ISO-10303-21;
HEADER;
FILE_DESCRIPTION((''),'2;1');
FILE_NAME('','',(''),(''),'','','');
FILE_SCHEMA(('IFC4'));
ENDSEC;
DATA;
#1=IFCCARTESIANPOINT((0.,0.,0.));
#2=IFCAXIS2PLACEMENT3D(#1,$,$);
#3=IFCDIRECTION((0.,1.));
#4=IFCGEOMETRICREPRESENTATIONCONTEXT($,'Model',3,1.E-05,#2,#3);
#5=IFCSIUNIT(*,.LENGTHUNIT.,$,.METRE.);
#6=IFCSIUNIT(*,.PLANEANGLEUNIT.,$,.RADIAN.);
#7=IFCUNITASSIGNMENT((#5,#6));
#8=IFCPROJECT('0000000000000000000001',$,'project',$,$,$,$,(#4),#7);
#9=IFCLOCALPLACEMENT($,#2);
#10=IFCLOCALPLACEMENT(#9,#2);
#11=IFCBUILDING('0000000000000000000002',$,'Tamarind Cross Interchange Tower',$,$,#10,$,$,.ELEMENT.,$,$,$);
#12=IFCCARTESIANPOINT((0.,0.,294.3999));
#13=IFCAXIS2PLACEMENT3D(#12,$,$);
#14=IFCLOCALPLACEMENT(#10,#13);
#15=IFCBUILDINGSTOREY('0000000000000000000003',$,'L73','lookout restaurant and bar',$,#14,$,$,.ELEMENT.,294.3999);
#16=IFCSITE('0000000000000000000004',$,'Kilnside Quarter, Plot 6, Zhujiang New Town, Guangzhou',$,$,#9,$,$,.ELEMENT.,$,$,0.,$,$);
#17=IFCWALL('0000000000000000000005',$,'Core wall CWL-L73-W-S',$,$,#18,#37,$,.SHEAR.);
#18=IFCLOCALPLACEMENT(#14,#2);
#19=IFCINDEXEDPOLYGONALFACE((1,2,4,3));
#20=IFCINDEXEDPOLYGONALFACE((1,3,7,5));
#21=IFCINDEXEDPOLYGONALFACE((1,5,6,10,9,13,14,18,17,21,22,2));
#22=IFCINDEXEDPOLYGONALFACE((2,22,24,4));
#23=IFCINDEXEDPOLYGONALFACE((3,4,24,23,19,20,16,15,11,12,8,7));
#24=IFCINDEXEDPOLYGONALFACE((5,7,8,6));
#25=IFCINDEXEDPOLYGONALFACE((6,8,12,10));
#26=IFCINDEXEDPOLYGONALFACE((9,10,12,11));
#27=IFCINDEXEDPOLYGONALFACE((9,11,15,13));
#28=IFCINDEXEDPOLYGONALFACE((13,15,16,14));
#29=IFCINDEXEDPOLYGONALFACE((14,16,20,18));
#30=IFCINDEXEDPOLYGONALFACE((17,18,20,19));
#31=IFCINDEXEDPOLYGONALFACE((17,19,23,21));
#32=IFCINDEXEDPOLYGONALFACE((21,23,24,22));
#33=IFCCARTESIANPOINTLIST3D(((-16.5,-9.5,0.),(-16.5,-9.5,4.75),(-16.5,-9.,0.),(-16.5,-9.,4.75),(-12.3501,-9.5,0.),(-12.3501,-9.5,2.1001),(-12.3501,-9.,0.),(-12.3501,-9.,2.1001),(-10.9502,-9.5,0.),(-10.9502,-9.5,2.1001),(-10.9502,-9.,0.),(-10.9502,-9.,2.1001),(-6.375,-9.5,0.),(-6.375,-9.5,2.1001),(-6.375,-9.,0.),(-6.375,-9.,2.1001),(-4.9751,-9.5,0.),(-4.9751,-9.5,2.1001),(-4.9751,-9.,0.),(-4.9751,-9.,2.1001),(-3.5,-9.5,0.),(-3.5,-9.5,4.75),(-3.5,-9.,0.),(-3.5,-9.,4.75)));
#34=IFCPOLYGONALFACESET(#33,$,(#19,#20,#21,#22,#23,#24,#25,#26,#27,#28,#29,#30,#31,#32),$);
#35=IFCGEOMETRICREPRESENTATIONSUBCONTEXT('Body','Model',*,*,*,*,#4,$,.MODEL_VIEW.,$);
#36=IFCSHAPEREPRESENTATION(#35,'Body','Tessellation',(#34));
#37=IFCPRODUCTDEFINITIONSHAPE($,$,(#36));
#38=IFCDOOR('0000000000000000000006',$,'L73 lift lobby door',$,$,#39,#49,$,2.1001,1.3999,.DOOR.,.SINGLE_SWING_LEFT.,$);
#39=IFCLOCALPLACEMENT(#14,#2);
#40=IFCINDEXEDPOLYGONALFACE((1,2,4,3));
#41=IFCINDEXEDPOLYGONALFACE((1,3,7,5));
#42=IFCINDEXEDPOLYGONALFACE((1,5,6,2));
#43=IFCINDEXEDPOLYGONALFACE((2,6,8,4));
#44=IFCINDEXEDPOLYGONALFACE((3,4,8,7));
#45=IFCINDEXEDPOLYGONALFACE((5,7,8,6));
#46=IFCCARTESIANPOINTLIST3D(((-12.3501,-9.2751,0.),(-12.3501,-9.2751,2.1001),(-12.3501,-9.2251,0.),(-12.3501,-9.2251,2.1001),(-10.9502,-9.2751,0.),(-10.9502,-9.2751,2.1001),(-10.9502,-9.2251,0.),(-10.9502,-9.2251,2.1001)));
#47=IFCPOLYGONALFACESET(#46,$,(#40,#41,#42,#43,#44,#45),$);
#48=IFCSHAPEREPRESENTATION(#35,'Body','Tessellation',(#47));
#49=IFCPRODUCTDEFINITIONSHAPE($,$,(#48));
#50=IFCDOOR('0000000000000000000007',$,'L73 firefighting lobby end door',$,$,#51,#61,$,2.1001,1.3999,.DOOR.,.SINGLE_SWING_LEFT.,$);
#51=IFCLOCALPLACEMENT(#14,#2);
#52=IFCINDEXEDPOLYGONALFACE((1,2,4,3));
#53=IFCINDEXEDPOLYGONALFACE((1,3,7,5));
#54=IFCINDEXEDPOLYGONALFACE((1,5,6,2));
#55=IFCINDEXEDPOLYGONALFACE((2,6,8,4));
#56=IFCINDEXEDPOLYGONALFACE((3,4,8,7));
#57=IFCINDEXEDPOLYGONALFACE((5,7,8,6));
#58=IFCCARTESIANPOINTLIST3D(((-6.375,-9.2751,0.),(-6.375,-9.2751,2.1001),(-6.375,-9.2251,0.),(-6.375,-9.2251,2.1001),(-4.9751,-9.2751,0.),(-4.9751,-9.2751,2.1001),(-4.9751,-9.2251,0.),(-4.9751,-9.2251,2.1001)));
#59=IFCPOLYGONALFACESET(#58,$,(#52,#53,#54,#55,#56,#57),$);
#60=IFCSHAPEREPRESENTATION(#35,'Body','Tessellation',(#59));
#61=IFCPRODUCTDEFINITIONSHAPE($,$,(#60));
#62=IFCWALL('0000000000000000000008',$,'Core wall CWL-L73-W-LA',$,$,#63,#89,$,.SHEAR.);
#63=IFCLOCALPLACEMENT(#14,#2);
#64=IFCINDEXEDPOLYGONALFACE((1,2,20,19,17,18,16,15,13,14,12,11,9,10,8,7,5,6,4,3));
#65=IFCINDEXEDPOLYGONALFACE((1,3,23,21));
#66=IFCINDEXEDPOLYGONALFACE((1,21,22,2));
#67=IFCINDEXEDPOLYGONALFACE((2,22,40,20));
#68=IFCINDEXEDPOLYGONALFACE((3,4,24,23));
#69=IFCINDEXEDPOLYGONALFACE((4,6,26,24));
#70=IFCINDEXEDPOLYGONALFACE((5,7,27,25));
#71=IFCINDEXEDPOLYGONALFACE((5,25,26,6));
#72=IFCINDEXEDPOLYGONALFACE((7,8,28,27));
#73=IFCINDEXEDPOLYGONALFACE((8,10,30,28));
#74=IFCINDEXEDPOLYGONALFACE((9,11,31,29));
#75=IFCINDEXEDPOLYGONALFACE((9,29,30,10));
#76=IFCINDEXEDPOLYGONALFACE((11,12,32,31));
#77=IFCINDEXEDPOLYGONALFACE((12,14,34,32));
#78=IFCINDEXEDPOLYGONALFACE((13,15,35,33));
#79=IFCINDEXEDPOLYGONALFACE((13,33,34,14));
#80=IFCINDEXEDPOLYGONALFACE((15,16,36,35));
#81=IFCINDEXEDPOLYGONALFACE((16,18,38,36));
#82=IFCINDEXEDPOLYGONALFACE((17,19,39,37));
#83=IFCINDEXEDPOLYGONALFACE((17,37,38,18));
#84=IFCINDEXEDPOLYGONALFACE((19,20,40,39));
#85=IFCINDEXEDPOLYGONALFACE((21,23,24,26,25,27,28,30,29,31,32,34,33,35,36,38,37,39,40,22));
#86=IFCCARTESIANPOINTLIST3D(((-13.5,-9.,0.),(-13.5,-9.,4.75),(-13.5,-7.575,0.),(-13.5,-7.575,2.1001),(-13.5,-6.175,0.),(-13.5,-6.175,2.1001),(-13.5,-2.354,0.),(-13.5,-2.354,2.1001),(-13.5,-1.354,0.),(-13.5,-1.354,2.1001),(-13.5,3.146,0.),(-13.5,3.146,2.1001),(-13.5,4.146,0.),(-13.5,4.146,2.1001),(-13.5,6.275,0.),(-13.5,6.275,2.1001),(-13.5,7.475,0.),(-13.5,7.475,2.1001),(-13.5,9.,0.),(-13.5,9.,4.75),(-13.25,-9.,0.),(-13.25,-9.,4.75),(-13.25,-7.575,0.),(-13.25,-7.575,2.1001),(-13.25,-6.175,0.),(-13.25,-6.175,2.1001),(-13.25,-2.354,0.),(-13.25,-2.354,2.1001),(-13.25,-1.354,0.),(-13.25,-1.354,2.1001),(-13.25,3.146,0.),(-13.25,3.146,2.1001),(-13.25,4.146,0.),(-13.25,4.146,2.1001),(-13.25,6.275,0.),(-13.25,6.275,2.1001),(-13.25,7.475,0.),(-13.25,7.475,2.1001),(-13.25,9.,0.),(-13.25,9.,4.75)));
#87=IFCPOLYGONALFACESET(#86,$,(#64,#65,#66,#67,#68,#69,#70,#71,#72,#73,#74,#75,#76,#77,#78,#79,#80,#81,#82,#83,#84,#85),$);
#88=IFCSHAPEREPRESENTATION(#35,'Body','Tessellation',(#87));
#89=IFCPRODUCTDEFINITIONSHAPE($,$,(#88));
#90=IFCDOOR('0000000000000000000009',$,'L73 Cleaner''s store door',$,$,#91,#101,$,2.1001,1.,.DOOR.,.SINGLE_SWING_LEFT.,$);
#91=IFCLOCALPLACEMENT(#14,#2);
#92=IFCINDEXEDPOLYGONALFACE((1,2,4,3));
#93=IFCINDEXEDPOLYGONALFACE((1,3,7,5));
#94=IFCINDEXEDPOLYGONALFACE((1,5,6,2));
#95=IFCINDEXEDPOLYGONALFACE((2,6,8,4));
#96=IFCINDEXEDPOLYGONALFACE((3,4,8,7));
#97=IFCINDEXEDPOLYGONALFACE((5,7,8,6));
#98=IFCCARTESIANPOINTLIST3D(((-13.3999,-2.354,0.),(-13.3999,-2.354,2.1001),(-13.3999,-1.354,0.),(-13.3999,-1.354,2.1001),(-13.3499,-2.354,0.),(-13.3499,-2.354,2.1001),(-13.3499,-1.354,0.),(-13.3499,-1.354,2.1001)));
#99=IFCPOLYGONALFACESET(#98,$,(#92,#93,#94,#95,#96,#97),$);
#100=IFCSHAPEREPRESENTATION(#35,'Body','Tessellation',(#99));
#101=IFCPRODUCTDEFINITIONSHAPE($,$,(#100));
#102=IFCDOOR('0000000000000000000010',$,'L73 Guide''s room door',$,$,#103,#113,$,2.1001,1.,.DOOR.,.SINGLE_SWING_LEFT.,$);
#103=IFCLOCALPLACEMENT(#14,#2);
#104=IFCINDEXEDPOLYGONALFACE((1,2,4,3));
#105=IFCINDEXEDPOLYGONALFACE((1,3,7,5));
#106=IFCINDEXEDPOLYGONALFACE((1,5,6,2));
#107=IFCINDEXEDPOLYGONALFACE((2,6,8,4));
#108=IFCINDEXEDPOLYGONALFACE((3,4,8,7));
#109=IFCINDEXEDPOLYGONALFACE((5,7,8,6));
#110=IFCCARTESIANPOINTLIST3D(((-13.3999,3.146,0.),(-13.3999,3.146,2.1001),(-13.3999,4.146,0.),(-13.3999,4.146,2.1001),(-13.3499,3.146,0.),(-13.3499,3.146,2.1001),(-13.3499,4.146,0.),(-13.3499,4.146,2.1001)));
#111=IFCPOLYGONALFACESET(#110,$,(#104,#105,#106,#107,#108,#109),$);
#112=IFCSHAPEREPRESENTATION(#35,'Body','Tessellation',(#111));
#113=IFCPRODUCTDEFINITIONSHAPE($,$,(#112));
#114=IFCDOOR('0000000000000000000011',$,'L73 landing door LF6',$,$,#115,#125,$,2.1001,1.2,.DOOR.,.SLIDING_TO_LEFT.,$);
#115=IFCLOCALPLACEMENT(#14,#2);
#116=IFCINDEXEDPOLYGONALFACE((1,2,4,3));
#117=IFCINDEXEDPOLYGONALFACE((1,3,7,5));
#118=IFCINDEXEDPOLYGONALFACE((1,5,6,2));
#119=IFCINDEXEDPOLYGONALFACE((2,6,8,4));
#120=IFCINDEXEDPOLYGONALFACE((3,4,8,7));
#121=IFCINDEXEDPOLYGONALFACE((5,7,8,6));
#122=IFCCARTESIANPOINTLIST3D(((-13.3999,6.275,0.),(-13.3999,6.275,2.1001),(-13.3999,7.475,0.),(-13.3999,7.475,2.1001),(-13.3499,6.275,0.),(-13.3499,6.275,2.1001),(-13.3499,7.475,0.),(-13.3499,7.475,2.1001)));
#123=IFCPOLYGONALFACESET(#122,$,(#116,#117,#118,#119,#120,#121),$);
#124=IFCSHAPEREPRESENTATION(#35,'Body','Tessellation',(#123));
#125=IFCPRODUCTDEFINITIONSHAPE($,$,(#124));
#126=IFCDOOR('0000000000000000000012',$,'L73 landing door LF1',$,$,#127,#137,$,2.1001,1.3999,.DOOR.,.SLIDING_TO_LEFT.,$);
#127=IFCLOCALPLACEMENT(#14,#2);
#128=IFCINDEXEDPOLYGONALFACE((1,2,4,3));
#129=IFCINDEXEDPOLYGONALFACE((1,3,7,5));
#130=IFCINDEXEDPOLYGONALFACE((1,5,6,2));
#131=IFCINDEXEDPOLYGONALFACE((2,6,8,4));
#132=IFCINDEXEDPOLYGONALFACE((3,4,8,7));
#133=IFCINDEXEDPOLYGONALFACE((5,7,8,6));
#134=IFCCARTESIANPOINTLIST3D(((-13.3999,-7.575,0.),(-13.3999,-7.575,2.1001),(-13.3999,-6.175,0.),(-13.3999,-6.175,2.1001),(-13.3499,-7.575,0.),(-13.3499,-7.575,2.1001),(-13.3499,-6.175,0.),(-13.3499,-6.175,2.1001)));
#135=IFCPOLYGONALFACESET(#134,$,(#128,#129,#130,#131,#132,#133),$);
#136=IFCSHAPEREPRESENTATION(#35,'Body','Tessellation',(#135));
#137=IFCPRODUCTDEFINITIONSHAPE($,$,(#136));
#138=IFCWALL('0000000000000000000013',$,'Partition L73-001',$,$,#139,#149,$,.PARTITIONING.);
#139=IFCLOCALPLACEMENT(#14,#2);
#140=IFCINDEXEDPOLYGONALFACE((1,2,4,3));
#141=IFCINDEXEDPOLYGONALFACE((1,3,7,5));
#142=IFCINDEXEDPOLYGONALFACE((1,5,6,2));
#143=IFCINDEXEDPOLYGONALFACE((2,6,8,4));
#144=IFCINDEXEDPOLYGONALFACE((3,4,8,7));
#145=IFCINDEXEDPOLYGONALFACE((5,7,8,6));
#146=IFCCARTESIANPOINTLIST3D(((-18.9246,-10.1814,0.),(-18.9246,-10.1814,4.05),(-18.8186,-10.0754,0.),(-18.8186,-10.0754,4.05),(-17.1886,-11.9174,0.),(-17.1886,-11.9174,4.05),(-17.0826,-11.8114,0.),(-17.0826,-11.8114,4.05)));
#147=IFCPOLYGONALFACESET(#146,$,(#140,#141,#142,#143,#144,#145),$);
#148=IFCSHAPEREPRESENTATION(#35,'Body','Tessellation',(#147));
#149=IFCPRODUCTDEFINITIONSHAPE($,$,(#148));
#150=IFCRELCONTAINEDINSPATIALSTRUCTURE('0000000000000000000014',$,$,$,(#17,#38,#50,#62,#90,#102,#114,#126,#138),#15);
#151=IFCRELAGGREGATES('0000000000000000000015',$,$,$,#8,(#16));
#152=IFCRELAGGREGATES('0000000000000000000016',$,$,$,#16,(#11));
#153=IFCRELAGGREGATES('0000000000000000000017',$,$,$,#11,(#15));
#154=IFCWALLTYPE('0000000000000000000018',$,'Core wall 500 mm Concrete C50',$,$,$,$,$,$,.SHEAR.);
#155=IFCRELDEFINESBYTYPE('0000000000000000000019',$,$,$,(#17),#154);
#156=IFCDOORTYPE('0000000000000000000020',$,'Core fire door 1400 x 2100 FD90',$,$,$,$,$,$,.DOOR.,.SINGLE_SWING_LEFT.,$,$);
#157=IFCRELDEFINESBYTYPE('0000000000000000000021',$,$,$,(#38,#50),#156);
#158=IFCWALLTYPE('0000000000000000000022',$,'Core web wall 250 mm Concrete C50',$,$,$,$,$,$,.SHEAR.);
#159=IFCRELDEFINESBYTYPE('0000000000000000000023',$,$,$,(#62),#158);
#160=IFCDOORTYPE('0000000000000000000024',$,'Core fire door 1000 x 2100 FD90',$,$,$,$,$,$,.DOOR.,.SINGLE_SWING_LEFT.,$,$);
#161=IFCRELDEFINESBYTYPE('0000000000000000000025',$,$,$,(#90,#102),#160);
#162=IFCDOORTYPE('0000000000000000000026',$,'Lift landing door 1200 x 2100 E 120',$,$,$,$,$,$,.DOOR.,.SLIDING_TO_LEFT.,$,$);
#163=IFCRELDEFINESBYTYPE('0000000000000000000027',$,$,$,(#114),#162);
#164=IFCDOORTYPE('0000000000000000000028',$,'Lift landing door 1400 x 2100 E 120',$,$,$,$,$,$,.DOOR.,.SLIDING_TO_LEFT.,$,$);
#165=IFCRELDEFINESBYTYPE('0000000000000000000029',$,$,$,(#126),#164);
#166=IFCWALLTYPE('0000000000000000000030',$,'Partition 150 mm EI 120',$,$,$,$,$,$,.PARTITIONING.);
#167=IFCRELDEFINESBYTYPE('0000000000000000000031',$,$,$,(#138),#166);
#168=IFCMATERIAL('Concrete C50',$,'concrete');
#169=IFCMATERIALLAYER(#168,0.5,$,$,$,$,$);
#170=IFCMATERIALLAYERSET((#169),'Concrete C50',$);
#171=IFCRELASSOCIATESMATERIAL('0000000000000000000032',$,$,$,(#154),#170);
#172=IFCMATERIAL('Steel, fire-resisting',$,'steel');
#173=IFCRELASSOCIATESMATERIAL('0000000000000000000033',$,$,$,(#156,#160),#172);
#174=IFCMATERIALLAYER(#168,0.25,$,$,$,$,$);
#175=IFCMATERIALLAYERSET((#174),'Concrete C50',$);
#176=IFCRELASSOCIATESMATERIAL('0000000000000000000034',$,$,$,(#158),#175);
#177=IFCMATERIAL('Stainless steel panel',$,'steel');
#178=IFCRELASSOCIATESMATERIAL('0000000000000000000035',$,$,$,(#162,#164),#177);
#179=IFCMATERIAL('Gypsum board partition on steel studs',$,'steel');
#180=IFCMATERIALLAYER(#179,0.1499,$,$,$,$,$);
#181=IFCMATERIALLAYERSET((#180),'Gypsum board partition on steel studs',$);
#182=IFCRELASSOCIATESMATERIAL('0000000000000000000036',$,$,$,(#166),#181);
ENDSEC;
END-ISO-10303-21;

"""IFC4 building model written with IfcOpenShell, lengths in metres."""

from ifc_helpers import new_model, si_unit, direction, frame, frame_2d, origin, place, context, subcontext, project, spatial, rectangle, extrude, material, layer, layer_set, type_object, element, fill, save


model = new_model("IFC4")

# Units and contexts
model_context = context("Model", 3, precision=1e-05, world=origin(), true_north=direction((0.0, 1.0)))
body_context = subcontext(model_context, "Body", "Model", "MODEL_VIEW")
ifc_project = project(units=[si_unit("LENGTHUNIT", "METRE"), si_unit("PLANEANGLEUNIT", "RADIAN")], contexts=[model_context])

# Site, building, storey
site_placement = place(None, origin())
site = spatial("IfcSite", under=ifc_project, at=site_placement, Name="Kilnside Quarter, Plot 6, Zhujiang New Town, Guangzhou", CompositionType="ELEMENT", RefElevation=0.0)
building_placement = place(site_placement, origin())
building = spatial("IfcBuilding", under=site, at=building_placement, Name="Tamarind Cross Interchange Tower", CompositionType="ELEMENT")
storey_placement = place(building_placement, frame((0.0, 0.0, 294.3999)))
storey = spatial("IfcBuildingStorey", under=building, at=storey_placement, Name="L73", Description="lookout restaurant and bar", CompositionType="ELEMENT", Elevation=294.3999)

# Walls, openings, doors
ifc_material_1 = material(Name="Concrete C50", Category="concrete")
ifc_layer_1 = layer(ifc_material_1, 0.5)
ifc_layer_set_1 = layer_set([ifc_layer_1], Name="Concrete C50")
wall_type_1 = type_object("IfcWallType", Name="Core wall 500 mm Concrete C50", PredefinedType="SHEAR", material=ifc_layer_set_1)
wall_1_placement = place(storey_placement, frame((-16.5, -9.25, 0.0), z_axis=(0.0, 0.0, 1.0), x_axis=(1.0, 0.0, 0.0)))
wall_1 = element("IfcWall", 1, at=wall_1_placement, inside=storey, type_object=wall_type_1, Name="Core wall CWL-L73-W-S", PredefinedType="SHEAR", context=body_context, shape_type="SweptSolid", body=[
    extrude(rectangle(XDim=13.0, YDim=0.5, at=frame_2d((6.5, 0.0))), origin(), (0.0, 0.0, 1.0), 4.75),
])
opening_1_placement = place(wall_1_placement, frame((4.1499, 0.0, 0.0)))
opening_1 = element("IfcOpeningElement", 2, at=opening_1_placement, cuts=wall_1, PredefinedType="OPENING", context=body_context, shape_type="SweptSolid", body=[
    extrude(rectangle(XDim=1.3999, YDim=2.1001, at=frame_2d((0.7, 1.05))), frame((0.0, 0.26, 0.0), z_axis=(0.0, -1.0, 0.0), x_axis=(1.0, 0.0, 0.0)), (0.0, 0.0, 1.0), 0.52),
])
opening_2_placement = place(wall_1_placement, frame((10.125, 0.0, 0.0)))
opening_2 = element("IfcOpeningElement", 3, at=opening_2_placement, cuts=wall_1, PredefinedType="OPENING", context=body_context, shape_type="SweptSolid", body=[
    extrude(rectangle(XDim=1.3999, YDim=2.1001, at=frame_2d((0.7, 1.05))), frame((0.0, 0.26, 0.0), z_axis=(0.0, -1.0, 0.0), x_axis=(1.0, 0.0, 0.0)), (0.0, 0.0, 1.0), 0.52),
])
ifc_material_2 = material(Name="Steel, fire-resisting", Category="steel")
door_type_1 = type_object("IfcDoorType", Name="Core fire door 1400 x 2100 FD90", OperationType="SINGLE_SWING_LEFT", PredefinedType="DOOR", material=ifc_material_2)
door_1_placement = place(opening_1_placement, origin())
door_1 = element("IfcDoor", 4, at=door_1_placement, inside=storey, type_object=door_type_1, Name="L73 lift lobby door", OperationType="SINGLE_SWING_LEFT", OverallHeight=2.1001, OverallWidth=1.3999, PredefinedType="DOOR", context=body_context, shape_type="SweptSolid", body=[
    extrude(rectangle(XDim=1.3999, YDim=2.1001, at=frame_2d((0.7, 1.05))), frame((0.0, 0.0249, 0.0), z_axis=(0.0, -1.0, 0.0), x_axis=(1.0, 0.0, 0.0)), (0.0, 0.0, 1.0), 0.05),
])
fill(opening_1, door_1)
door_2_placement = place(opening_2_placement, origin())
door_2 = element("IfcDoor", 5, at=door_2_placement, inside=storey, type_object=door_type_1, Name="L73 firefighting lobby end door", OperationType="SINGLE_SWING_LEFT", OverallHeight=2.1001, OverallWidth=1.3999, PredefinedType="DOOR", context=body_context, shape_type="SweptSolid", body=[
    extrude(rectangle(XDim=1.3999, YDim=2.1001, at=frame_2d((0.7, 1.05))), frame((0.0, 0.0249, 0.0), z_axis=(0.0, -1.0, 0.0), x_axis=(1.0, 0.0, 0.0)), (0.0, 0.0, 1.0), 0.05),
])
fill(opening_2, door_2)
ifc_layer_2 = layer(ifc_material_1, 0.25)
ifc_layer_set_2 = layer_set([ifc_layer_2], Name="Concrete C50")
wall_type_2 = type_object("IfcWallType", Name="Core web wall 250 mm Concrete C50", PredefinedType="SHEAR", material=ifc_layer_set_2)
wall_2_placement = place(storey_placement, frame((-13.375, -9.0, 0.0), z_axis=(0.0, 0.0, 1.0), x_axis=(0.0, 1.0, 0.0)))
wall_2 = element("IfcWall", 6, at=wall_2_placement, inside=storey, type_object=wall_type_2, Name="Core wall CWL-L73-W-LA", PredefinedType="SHEAR", context=body_context, shape_type="SweptSolid", body=[
    extrude(rectangle(XDim=18.0, YDim=0.25, at=frame_2d((9.0, 0.0))), origin(), (0.0, 0.0, 1.0), 4.75),
])
opening_3_placement = place(wall_2_placement, frame((1.425, 0.0, 0.0)))
opening_3 = element("IfcOpeningElement", 7, at=opening_3_placement, cuts=wall_2, PredefinedType="OPENING", context=body_context, shape_type="SweptSolid", body=[
    extrude(rectangle(XDim=1.3999, YDim=2.1001, at=frame_2d((0.7, 1.05))), frame((0.0, 0.135, 0.0), z_axis=(0.0, -1.0, 0.0), x_axis=(1.0, 0.0, 0.0)), (0.0, 0.0, 1.0), 0.27),
])
opening_4_placement = place(wall_2_placement, frame((15.2749, 0.0, 0.0)))
opening_4 = element("IfcOpeningElement", 8, at=opening_4_placement, cuts=wall_2, PredefinedType="OPENING", context=body_context, shape_type="SweptSolid", body=[
    extrude(rectangle(XDim=1.2, YDim=2.1001, at=frame_2d((0.6001, 1.05))), frame((0.0, 0.135, 0.0), z_axis=(0.0, -1.0, 0.0), x_axis=(1.0, 0.0, 0.0)), (0.0, 0.0, 1.0), 0.27),
])
opening_5_placement = place(wall_2_placement, frame((6.646, 0.0, 0.0)))
opening_5 = element("IfcOpeningElement", 9, at=opening_5_placement, cuts=wall_2, PredefinedType="OPENING", context=body_context, shape_type="SweptSolid", body=[
    extrude(rectangle(XDim=1.0, YDim=2.1001, at=frame_2d((0.5, 1.05))), frame((0.0, 0.135, 0.0), z_axis=(0.0, -1.0, 0.0), x_axis=(1.0, 0.0, 0.0)), (0.0, 0.0, 1.0), 0.27),
])
opening_6_placement = place(wall_2_placement, frame((12.146, 0.0, 0.0)))
opening_6 = element("IfcOpeningElement", 10, at=opening_6_placement, cuts=wall_2, PredefinedType="OPENING", context=body_context, shape_type="SweptSolid", body=[
    extrude(rectangle(XDim=1.0, YDim=2.1001, at=frame_2d((0.5, 1.05))), frame((0.0, 0.135, 0.0), z_axis=(0.0, -1.0, 0.0), x_axis=(1.0, 0.0, 0.0)), (0.0, 0.0, 1.0), 0.27),
])
door_type_2 = type_object("IfcDoorType", Name="Core fire door 1000 x 2100 FD90", OperationType="SINGLE_SWING_LEFT", PredefinedType="DOOR", material=ifc_material_2)
door_3_placement = place(opening_5_placement, origin())
door_3 = element("IfcDoor", 11, at=door_3_placement, inside=storey, type_object=door_type_2, Name="L73 Cleaner's store door", OperationType="SINGLE_SWING_LEFT", OverallHeight=2.1001, OverallWidth=1.0, PredefinedType="DOOR", context=body_context, shape_type="SweptSolid", body=[
    extrude(rectangle(XDim=1.0, YDim=2.1001, at=frame_2d((0.5, 1.05))), frame((0.0, 0.0249, 0.0), z_axis=(0.0, -1.0, 0.0), x_axis=(1.0, 0.0, 0.0)), (0.0, 0.0, 1.0), 0.05),
])
fill(opening_5, door_3)
door_4_placement = place(opening_6_placement, origin())
door_4 = element("IfcDoor", 12, at=door_4_placement, inside=storey, type_object=door_type_2, Name="L73 Guide's room door", OperationType="SINGLE_SWING_LEFT", OverallHeight=2.1001, OverallWidth=1.0, PredefinedType="DOOR", context=body_context, shape_type="SweptSolid", body=[
    extrude(rectangle(XDim=1.0, YDim=2.1001, at=frame_2d((0.5, 1.05))), frame((0.0, 0.0249, 0.0), z_axis=(0.0, -1.0, 0.0), x_axis=(1.0, 0.0, 0.0)), (0.0, 0.0, 1.0), 0.05),
])
fill(opening_6, door_4)
ifc_material_3 = material(Name="Stainless steel panel", Category="steel")
door_type_3 = type_object("IfcDoorType", Name="Lift landing door 1200 x 2100 E 120", OperationType="SLIDING_TO_LEFT", PredefinedType="DOOR", material=ifc_material_3)
door_5_placement = place(opening_4_placement, origin())
door_5 = element("IfcDoor", 13, at=door_5_placement, inside=storey, type_object=door_type_3, Name="L73 landing door LF6", OperationType="SLIDING_TO_LEFT", OverallHeight=2.1001, OverallWidth=1.2, PredefinedType="DOOR", context=body_context, shape_type="SweptSolid", body=[
    extrude(rectangle(XDim=1.2, YDim=2.1001, at=frame_2d((0.6001, 1.05))), frame((0.0, 0.0249, 0.0), z_axis=(0.0, -1.0, 0.0), x_axis=(1.0, 0.0, 0.0)), (0.0, 0.0, 1.0), 0.05),
])
fill(opening_4, door_5)
door_type_4 = type_object("IfcDoorType", Name="Lift landing door 1400 x 2100 E 120", OperationType="SLIDING_TO_LEFT", PredefinedType="DOOR", material=ifc_material_3)
door_6_placement = place(opening_3_placement, origin())
door_6 = element("IfcDoor", 14, at=door_6_placement, inside=storey, type_object=door_type_4, Name="L73 landing door LF1", OperationType="SLIDING_TO_LEFT", OverallHeight=2.1001, OverallWidth=1.3999, PredefinedType="DOOR", context=body_context, shape_type="SweptSolid", body=[
    extrude(rectangle(XDim=1.3999, YDim=2.1001, at=frame_2d((0.7, 1.05))), frame((0.0, 0.0249, 0.0), z_axis=(0.0, -1.0, 0.0), x_axis=(1.0, 0.0, 0.0)), (0.0, 0.0, 1.0), 0.05),
])
fill(opening_3, door_6)

# Wall
ifc_material_4 = material(Name="Gypsum board partition on steel studs", Category="steel")
ifc_layer_3 = layer(ifc_material_4, 0.1499)
ifc_layer_set_3 = layer_set([ifc_layer_3], Name="Gypsum board partition on steel studs")
wall_type_3 = type_object("IfcWallType", Name="Partition 150 mm EI 120", PredefinedType="PARTITIONING", material=ifc_layer_set_3)
wall_3_placement = place(storey_placement, frame((-18.8716, -10.1284, 0.0), z_axis=(0.0, 0.0, 1.0), x_axis=(0.707107, -0.707107, 0.0)))
element("IfcWall", 15, at=wall_3_placement, inside=storey, type_object=wall_type_3, Name="Partition L73-001", PredefinedType="PARTITIONING", context=body_context, shape_type="SweptSolid", body=[
    extrude(rectangle(XDim=2.4551, YDim=0.1499, at=frame_2d((1.2275, 0.0))), origin(), (0.0, 0.0, 1.0), 4.05),
])

save(model, "model.ifc")
